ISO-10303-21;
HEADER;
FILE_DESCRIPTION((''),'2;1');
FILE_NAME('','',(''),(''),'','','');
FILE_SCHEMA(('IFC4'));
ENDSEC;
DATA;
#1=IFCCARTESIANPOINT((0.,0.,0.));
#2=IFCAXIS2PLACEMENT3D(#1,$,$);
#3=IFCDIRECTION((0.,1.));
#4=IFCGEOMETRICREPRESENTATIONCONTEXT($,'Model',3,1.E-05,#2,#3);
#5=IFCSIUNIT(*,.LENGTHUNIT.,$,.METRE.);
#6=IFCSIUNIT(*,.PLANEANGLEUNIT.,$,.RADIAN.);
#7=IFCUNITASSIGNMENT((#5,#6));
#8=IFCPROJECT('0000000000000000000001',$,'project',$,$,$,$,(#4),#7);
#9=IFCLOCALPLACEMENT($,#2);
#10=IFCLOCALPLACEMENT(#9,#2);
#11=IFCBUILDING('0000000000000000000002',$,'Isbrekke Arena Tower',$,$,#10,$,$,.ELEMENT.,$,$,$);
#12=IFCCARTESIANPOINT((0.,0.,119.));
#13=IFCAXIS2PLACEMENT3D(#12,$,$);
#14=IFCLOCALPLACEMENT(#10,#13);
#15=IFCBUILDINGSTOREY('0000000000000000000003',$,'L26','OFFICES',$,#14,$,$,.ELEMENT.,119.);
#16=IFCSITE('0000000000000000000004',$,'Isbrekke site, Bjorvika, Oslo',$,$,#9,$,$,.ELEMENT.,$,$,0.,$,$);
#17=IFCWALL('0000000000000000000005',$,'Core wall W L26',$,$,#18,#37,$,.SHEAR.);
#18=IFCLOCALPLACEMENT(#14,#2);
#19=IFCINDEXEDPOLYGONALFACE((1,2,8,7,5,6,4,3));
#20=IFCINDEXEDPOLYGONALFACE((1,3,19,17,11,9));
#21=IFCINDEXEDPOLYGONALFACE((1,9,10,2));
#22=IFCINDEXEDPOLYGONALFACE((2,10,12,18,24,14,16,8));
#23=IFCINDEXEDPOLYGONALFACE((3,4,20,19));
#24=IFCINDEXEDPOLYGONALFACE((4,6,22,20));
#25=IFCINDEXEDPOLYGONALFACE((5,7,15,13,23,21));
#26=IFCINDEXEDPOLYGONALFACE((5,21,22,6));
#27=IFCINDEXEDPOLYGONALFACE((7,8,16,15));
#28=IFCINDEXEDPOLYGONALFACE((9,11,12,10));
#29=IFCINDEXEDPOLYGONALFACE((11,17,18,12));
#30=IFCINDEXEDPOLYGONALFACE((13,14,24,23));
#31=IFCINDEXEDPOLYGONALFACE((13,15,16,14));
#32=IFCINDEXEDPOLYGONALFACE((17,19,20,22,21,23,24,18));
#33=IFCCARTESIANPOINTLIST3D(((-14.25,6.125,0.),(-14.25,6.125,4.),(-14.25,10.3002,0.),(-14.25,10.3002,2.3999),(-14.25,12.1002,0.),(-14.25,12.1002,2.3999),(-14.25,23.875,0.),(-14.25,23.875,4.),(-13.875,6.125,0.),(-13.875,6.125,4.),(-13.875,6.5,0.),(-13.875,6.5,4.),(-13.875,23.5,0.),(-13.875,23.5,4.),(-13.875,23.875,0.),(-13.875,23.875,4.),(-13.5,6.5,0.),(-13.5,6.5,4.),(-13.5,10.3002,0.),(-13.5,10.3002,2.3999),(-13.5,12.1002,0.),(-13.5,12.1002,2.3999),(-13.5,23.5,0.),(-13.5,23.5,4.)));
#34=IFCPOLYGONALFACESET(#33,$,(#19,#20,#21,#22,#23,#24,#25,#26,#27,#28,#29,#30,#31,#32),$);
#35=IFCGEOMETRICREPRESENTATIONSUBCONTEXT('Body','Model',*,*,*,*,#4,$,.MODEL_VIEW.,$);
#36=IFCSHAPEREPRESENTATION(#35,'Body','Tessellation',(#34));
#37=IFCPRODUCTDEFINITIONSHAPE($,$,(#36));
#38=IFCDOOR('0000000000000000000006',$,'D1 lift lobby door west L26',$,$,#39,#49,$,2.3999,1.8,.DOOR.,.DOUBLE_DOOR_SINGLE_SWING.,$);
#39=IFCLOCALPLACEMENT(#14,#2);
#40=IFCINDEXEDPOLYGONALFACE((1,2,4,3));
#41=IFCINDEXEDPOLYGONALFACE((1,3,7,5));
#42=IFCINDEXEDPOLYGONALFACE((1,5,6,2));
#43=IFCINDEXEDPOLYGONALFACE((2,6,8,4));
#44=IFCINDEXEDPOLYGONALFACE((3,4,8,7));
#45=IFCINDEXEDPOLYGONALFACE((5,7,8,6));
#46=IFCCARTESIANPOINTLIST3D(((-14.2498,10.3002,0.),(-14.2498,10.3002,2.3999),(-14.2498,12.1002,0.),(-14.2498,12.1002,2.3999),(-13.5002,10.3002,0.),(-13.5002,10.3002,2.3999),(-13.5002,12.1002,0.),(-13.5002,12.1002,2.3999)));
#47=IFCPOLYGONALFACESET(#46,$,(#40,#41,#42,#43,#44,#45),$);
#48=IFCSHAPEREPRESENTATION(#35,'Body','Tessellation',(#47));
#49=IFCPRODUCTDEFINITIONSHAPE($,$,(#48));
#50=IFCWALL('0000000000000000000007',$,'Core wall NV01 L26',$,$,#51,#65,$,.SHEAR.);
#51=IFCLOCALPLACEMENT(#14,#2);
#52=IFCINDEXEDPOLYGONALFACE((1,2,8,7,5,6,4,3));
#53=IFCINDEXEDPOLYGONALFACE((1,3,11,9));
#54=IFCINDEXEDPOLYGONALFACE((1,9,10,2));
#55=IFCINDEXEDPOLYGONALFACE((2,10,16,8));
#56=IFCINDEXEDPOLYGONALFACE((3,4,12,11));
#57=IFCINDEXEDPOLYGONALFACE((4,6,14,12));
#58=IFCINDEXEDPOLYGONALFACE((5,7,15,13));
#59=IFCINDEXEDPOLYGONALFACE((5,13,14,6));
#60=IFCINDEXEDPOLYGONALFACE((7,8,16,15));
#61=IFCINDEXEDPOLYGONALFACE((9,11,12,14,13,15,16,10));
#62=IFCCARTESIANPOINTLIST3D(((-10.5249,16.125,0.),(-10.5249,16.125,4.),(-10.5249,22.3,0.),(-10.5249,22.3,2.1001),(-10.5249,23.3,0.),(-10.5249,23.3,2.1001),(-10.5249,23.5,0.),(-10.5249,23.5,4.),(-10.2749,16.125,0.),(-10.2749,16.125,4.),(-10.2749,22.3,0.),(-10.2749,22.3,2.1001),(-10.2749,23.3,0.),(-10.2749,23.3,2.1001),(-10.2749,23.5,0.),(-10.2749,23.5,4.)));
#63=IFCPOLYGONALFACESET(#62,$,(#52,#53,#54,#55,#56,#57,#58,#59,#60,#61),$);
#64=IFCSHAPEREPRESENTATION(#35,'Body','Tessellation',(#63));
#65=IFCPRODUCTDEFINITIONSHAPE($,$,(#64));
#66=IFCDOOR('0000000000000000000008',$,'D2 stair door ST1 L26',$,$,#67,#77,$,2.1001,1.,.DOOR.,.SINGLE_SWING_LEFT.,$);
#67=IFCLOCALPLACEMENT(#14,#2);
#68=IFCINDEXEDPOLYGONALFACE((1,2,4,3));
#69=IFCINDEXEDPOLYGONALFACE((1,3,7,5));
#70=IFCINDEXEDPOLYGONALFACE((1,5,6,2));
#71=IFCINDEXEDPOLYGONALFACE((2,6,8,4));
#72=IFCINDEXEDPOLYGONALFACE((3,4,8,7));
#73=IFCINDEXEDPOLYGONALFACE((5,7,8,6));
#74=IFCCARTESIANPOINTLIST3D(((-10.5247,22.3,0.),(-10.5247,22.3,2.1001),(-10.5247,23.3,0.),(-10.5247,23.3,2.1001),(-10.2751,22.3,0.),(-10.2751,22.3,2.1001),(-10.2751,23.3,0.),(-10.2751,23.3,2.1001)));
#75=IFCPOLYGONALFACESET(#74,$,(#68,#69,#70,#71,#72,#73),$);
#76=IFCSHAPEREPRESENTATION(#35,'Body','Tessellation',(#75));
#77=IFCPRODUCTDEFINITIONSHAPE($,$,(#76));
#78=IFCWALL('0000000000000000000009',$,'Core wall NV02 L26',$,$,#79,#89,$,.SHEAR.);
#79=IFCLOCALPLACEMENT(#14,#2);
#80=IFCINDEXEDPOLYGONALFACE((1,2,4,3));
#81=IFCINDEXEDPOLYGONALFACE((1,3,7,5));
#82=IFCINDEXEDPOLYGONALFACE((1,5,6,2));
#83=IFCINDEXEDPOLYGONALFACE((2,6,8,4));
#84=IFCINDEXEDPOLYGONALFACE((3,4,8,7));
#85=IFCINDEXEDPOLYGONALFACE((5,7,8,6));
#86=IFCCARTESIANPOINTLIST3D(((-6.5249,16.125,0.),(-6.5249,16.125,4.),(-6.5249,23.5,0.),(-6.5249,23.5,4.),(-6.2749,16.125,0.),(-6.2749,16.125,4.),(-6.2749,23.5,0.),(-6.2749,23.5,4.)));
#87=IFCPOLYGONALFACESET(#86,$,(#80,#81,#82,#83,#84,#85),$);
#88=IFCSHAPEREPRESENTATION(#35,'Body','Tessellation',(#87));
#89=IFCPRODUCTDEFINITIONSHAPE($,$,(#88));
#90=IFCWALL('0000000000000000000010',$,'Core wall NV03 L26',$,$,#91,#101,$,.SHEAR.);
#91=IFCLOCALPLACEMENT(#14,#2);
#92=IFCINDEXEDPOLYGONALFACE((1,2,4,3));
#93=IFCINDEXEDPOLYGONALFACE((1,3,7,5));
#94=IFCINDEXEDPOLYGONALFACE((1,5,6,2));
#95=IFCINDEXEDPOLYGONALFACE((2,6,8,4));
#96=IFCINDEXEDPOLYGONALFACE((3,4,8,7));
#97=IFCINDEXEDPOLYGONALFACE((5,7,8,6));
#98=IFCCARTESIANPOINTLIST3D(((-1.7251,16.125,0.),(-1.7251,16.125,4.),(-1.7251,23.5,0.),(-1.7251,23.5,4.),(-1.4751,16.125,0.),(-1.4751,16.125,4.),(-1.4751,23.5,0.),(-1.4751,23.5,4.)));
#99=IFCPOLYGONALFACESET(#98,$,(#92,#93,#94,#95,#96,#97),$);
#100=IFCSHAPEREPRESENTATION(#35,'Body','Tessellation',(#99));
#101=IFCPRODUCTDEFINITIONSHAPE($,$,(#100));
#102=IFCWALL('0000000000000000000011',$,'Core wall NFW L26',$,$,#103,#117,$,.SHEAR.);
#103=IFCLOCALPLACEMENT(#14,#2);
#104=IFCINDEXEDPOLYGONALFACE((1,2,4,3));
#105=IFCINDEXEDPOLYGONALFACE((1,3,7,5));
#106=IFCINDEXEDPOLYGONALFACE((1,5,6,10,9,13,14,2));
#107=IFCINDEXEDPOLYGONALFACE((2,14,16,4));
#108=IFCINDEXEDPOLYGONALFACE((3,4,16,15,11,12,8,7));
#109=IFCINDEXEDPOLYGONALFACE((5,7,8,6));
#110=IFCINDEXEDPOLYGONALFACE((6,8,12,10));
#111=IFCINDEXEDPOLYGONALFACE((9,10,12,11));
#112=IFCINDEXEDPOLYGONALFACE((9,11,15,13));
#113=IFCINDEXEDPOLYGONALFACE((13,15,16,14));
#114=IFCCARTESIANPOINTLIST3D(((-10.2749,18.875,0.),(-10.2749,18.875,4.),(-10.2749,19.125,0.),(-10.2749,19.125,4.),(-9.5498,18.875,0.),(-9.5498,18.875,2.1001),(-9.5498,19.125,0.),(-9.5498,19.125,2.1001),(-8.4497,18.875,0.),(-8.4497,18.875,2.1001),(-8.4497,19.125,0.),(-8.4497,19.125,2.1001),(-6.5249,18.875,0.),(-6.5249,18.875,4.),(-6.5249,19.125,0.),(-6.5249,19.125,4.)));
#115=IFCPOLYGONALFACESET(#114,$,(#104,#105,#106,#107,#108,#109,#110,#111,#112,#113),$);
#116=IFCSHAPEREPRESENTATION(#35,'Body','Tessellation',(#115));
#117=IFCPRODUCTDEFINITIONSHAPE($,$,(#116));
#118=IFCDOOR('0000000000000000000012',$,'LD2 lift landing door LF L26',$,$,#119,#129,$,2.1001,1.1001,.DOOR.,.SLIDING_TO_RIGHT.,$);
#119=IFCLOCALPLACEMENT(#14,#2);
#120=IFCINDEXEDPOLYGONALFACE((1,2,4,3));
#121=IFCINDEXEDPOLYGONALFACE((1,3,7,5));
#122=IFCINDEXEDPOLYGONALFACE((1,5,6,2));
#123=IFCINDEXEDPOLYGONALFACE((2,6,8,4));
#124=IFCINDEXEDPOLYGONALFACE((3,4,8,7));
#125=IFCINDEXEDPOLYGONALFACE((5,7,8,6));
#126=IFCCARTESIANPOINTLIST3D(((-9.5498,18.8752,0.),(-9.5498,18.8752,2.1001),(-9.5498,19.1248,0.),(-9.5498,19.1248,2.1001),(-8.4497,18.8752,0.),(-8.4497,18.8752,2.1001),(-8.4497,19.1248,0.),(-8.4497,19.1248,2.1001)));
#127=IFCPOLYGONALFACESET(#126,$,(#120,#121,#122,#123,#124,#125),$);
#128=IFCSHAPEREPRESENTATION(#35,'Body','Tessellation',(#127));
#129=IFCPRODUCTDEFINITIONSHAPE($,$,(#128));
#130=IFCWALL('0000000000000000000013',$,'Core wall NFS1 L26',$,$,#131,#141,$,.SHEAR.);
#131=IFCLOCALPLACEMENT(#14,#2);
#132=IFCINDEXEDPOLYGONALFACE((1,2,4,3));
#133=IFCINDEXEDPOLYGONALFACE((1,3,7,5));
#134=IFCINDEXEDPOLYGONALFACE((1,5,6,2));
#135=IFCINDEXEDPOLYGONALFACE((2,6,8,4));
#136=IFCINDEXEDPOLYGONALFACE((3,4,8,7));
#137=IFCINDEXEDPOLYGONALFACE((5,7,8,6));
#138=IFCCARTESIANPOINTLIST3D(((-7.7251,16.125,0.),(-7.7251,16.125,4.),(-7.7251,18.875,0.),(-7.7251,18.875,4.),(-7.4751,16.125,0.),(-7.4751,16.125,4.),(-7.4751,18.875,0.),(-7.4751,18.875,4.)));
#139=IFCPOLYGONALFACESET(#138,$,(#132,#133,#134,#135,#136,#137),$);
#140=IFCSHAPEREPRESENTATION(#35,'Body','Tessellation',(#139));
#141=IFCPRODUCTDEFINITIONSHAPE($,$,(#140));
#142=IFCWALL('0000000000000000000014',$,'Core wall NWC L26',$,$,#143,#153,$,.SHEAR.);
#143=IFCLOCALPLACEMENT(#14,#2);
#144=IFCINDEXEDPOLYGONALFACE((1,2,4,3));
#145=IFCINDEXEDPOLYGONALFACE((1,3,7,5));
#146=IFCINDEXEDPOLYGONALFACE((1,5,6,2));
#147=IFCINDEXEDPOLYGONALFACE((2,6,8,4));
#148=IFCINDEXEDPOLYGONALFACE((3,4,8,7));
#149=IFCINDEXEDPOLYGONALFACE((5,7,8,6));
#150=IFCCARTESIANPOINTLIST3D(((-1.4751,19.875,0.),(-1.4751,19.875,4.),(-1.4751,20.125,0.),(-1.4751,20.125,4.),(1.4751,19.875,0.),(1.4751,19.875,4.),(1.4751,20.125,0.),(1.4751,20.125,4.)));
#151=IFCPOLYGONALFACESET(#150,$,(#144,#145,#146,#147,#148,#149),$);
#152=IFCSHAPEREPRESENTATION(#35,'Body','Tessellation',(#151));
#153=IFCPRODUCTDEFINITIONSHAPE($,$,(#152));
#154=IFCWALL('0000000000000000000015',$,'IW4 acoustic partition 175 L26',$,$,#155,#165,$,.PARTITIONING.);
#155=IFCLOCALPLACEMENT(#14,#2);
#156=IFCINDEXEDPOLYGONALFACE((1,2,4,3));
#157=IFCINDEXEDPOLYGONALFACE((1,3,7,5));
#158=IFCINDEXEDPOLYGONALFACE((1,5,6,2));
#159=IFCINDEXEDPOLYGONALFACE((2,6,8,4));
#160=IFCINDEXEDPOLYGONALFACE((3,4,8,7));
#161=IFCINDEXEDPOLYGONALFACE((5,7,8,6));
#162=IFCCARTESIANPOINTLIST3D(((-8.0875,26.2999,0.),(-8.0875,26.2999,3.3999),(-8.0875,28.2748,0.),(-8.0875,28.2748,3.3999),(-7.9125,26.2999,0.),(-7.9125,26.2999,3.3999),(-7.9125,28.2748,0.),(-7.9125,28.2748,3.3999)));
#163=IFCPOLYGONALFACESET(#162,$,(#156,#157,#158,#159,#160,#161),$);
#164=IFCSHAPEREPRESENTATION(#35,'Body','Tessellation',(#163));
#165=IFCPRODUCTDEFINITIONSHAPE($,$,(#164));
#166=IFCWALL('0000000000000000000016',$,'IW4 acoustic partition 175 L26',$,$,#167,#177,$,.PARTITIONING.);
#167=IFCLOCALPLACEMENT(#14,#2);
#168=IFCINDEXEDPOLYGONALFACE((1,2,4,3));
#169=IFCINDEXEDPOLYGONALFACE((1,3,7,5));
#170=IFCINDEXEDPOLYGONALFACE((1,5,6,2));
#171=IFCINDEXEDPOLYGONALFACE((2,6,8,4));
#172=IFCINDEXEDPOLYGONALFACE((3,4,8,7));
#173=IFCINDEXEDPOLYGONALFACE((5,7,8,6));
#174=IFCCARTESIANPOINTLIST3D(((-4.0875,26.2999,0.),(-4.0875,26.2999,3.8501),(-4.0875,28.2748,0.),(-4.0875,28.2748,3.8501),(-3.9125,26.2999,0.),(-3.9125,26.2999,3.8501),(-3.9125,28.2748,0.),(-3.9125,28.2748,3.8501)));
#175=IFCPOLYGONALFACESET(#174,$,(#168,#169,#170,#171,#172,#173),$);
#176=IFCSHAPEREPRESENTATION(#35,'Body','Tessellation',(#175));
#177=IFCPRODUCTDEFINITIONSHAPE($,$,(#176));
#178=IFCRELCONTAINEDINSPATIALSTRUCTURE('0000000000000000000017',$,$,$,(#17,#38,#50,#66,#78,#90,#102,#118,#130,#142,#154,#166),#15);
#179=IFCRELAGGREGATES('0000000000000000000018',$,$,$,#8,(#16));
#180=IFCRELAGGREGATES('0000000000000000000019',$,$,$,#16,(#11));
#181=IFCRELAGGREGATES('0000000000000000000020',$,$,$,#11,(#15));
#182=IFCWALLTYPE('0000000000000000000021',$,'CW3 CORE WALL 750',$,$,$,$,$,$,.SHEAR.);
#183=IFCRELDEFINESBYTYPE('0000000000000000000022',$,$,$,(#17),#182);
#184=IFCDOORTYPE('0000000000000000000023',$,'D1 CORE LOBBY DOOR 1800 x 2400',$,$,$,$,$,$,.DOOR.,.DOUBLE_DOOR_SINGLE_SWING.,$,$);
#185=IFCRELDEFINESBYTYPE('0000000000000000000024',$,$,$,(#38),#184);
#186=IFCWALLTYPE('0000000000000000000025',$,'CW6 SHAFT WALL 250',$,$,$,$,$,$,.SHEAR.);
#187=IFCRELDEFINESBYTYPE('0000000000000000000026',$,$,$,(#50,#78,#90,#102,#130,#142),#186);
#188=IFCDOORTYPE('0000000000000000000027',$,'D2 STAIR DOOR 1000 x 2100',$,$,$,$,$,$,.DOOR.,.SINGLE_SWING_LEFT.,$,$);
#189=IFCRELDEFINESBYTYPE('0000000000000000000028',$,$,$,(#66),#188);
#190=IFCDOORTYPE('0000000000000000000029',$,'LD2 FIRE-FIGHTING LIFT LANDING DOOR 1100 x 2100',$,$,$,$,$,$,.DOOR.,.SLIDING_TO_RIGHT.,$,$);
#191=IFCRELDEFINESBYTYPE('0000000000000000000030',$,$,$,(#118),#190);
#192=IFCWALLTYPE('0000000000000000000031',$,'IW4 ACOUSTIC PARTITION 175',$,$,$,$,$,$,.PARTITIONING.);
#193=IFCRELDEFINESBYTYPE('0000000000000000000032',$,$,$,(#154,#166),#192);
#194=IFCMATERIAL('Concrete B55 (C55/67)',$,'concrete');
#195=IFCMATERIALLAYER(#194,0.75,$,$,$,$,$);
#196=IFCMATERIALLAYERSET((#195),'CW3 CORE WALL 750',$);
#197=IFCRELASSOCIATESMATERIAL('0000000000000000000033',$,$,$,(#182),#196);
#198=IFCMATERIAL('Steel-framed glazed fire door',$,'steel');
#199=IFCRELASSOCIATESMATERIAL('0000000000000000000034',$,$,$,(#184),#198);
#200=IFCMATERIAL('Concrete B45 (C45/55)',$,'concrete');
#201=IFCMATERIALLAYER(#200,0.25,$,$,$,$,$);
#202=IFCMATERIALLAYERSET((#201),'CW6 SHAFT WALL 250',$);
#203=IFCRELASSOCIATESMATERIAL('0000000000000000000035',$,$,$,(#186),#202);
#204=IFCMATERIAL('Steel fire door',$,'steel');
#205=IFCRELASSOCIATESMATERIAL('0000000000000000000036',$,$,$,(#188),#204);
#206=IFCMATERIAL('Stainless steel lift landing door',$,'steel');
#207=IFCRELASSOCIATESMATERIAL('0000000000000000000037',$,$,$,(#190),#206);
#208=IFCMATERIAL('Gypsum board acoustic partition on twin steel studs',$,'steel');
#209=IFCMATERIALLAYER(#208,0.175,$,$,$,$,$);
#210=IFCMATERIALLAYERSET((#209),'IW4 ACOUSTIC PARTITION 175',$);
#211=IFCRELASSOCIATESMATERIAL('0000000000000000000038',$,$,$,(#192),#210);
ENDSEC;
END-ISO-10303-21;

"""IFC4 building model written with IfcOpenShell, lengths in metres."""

from ifc_helpers import new_model, si_unit, direction, frame, frame_2d, origin, place, context, subcontext, project, spatial, polyline, rectangle, outline, extrude, material, layer, layer_set, type_object, element, fill, save


model = new_model("IFC4")

# Units and contexts
model_context = context("Model", 3, precision=1e-05, world=origin(), true_north=direction((0.0, 1.0)))
body_context = subcontext(model_context, "Body", "Model", "MODEL_VIEW")
ifc_project = project(units=[si_unit("LENGTHUNIT", "METRE"), si_unit("PLANEANGLEUNIT", "RADIAN")], contexts=[model_context])

# Site, building, storey
site_placement = place(None, origin())
site = spatial("IfcSite", under=ifc_project, at=site_placement, Name="Isbrekke site, Bjorvika, Oslo", CompositionType="ELEMENT", RefElevation=0.0)
building_placement = place(site_placement, origin())
building = spatial("IfcBuilding", under=site, at=building_placement, Name="Isbrekke Arena Tower", CompositionType="ELEMENT")
storey_placement = place(building_placement, frame((0.0, 0.0, 119.0)))
storey = spatial("IfcBuildingStorey", under=building, at=storey_placement, Name="L26", Description="OFFICES", CompositionType="ELEMENT", Elevation=119.0)

# Walls, openings, doors
ifc_material_1 = material(Name="Concrete B55 (C55/67)", Category="concrete")
ifc_layer_1 = layer(ifc_material_1, 0.75)
ifc_layer_set_1 = layer_set([ifc_layer_1], Name="CW3 CORE WALL 750")
wall_type_1 = type_object("IfcWallType", Name="CW3 CORE WALL 750", PredefinedType="SHEAR", material=ifc_layer_set_1)
wall_1_placement = place(storey_placement, frame((-13.875, 23.875, 0.0), z_axis=(0.0, 0.0, 1.0), x_axis=(0.0, -1.0, 0.0)))
wall_1 = element("IfcWall", 1, at=wall_1_placement, inside=storey, type_object=wall_type_1, Name="Core wall W L26", PredefinedType="SHEAR", context=body_context, shape_type="SweptSolid", body=[
    extrude(outline(polyline([(0.0, -0.375), (17.75, -0.375), (17.75, 0.0), (17.375, 0.0), (17.375, 0.375), (0.375, 0.375), (0.375, 0.0), (0.0, 0.0), (0.0, -0.375)])), origin(), (0.0, 0.0, 1.0), 4.0),
])
opening_1_placement = place(wall_1_placement, frame((11.7749, 0.0, 0.0)))
opening_1 = element("IfcOpeningElement", 2, at=opening_1_placement, cuts=wall_1, PredefinedType="OPENING", context=body_context, shape_type="SweptSolid", body=[
    extrude(rectangle(XDim=1.8, YDim=2.3999, at=frame_2d((0.8999, 1.2))), frame((0.0, 0.3899, 0.0), z_axis=(0.0, -1.0, 0.0), x_axis=(1.0, 0.0, 0.0)), (0.0, 0.0, 1.0), 0.7798),
])
ifc_material_2 = material(Name="Steel-framed glazed fire door", Category="steel")
door_type_1 = type_object("IfcDoorType", Name="D1 CORE LOBBY DOOR 1800 x 2400", OperationType="DOUBLE_DOOR_SINGLE_SWING", PredefinedType="DOOR", material=ifc_material_2)
door_1_placement = place(opening_1_placement, origin())
door_1 = element("IfcDoor", 3, at=door_1_placement, inside=storey, type_object=door_type_1, Name="D1 lift lobby door west L26", OperationType="DOUBLE_DOOR_SINGLE_SWING", OverallHeight=2.3999, OverallWidth=1.8, PredefinedType="DOOR", context=body_context, shape_type="SweptSolid", body=[
    extrude(rectangle(XDim=1.8, YDim=2.3999, at=frame_2d((0.8999, 1.2))), frame((0.0, 0.3748, 0.0), z_axis=(0.0, -1.0, 0.0), x_axis=(1.0, 0.0, 0.0)), (0.0, 0.0, 1.0), 0.7495),
])
fill(opening_1, door_1)
ifc_material_3 = material(Name="Concrete B45 (C45/55)", Category="concrete")
ifc_layer_2 = layer(ifc_material_3, 0.25)
ifc_layer_set_2 = layer_set([ifc_layer_2], Name="CW6 SHAFT WALL 250")
wall_type_2 = type_object("IfcWallType", Name="CW6 SHAFT WALL 250", PredefinedType="SHEAR", material=ifc_layer_set_2)
wall_2_placement = place(storey_placement, frame((-10.3999, 16.125, 0.0), z_axis=(0.0, 0.0, 1.0), x_axis=(0.0, 1.0, 0.0)))
wall_2 = element("IfcWall", 4, at=wall_2_placement, inside=storey, type_object=wall_type_2, Name="Core wall NV01 L26", PredefinedType="SHEAR", context=body_context, shape_type="SweptSolid", body=[
    extrude(rectangle(XDim=7.375, YDim=0.25, at=frame_2d((3.6875, 0.0))), origin(), (0.0, 0.0, 1.0), 4.0),
])
opening_2_placement = place(wall_2_placement, frame((6.175, 0.0, 0.0)))
opening_2 = element("IfcOpeningElement", 5, at=opening_2_placement, cuts=wall_2, PredefinedType="OPENING", context=body_context, shape_type="SweptSolid", body=[
    extrude(rectangle(XDim=1.0, YDim=2.1001, at=frame_2d((0.5, 1.05))), frame((0.0, 0.1399, 0.0), z_axis=(0.0, -1.0, 0.0), x_axis=(1.0, 0.0, 0.0)), (0.0, 0.0, 1.0), 0.2798),
])
ifc_material_4 = material(Name="Steel fire door", Category="steel")
door_type_2 = type_object("IfcDoorType", Name="D2 STAIR DOOR 1000 x 2100", OperationType="SINGLE_SWING_LEFT", PredefinedType="DOOR", material=ifc_material_4)
door_2_placement = place(opening_2_placement, origin())
door_2 = element("IfcDoor", 6, at=door_2_placement, inside=storey, type_object=door_type_2, Name="D2 stair door ST1 L26", OperationType="SINGLE_SWING_LEFT", OverallHeight=2.1001, OverallWidth=1.0, PredefinedType="DOOR", context=body_context, shape_type="SweptSolid", body=[
    extrude(rectangle(XDim=1.0, YDim=2.1001, at=frame_2d((0.5, 1.05))), frame((0.0, 0.1248, 0.0), z_axis=(0.0, -1.0, 0.0), x_axis=(1.0, 0.0, 0.0)), (0.0, 0.0, 1.0), 0.2495),
])
fill(opening_2, door_2)

# Walls
for number, where, z_axis, x_axis, name in (
    (7, (-6.3999, 16.125, 0.0), (0.0, 0.0, 1.0), (0.0, 1.0, 0.0), "Core wall NV02 L26"),
    (8, (-1.6001, 16.125, 0.0), (0.0, 0.0, 1.0), (0.0, 1.0, 0.0), "Core wall NV03 L26"),
):
    element("IfcWall", number, at=place(storey_placement, frame(where, z_axis=z_axis, x_axis=x_axis)), inside=storey, type_object=wall_type_2, Name=name, PredefinedType="SHEAR", context=body_context, shape_type="SweptSolid", body=[
        extrude(rectangle(XDim=7.375, YDim=0.25, at=frame_2d((3.6875, 0.0))), origin(), (0.0, 0.0, 1.0), 4.0),
    ])

# Wall, opening, door
wall_3_placement = place(storey_placement, frame((-10.2749, 19.0, 0.0), z_axis=(0.0, 0.0, 1.0), x_axis=(1.0, 0.0, 0.0)))
wall_3 = element("IfcWall", 9, at=wall_3_placement, inside=storey, type_object=wall_type_2, Name="Core wall NFW L26", PredefinedType="SHEAR", context=body_context, shape_type="SweptSolid", body=[
    extrude(rectangle(XDim=3.75, YDim=0.25, at=frame_2d((1.875, 0.0))), origin(), (0.0, 0.0, 1.0), 4.0),
])
opening_3_placement = place(wall_3_placement, frame((0.7251, 0.0, 0.0)))
opening_3 = element("IfcOpeningElement", 10, at=opening_3_placement, cuts=wall_3, PredefinedType="OPENING", context=body_context, shape_type="SweptSolid", body=[
    extrude(rectangle(XDim=1.1001, YDim=2.1001, at=frame_2d((0.55, 1.05))), frame((0.0, 0.1399, 0.0), z_axis=(0.0, -1.0, 0.0), x_axis=(1.0, 0.0, 0.0)), (0.0, 0.0, 1.0), 0.2798),
])
ifc_material_5 = material(Name="Stainless steel lift landing door", Category="steel")
door_type_3 = type_object("IfcDoorType", Name="LD2 FIRE-FIGHTING LIFT LANDING DOOR 1100 x 2100", OperationType="SLIDING_TO_RIGHT", PredefinedType="DOOR", material=ifc_material_5)
door_3_placement = place(opening_3_placement, origin())
door_3 = element("IfcDoor", 11, at=door_3_placement, inside=storey, type_object=door_type_3, Name="LD2 lift landing door LF L26", OperationType="SLIDING_TO_RIGHT", OverallHeight=2.1001, OverallWidth=1.1001, PredefinedType="DOOR", context=body_context, shape_type="SweptSolid", body=[
    extrude(rectangle(XDim=1.1001, YDim=2.1001, at=frame_2d((0.55, 1.05))), frame((0.0, 0.1248, 0.0), z_axis=(0.0, -1.0, 0.0), x_axis=(1.0, 0.0, 0.0)), (0.0, 0.0, 1.0), 0.2495),
])
fill(opening_3, door_3)

# Walls
wall_4_placement = place(storey_placement, frame((-7.6001, 16.125, 0.0), z_axis=(0.0, 0.0, 1.0), x_axis=(0.0, 1.0, 0.0)))
element("IfcWall", 12, at=wall_4_placement, inside=storey, type_object=wall_type_2, Name="Core wall NFS1 L26", PredefinedType="SHEAR", context=body_context, shape_type="SweptSolid", body=[
    extrude(rectangle(XDim=2.75, YDim=0.25, at=frame_2d((1.375, 0.0))), origin(), (0.0, 0.0, 1.0), 4.0),
])
wall_5_placement = place(storey_placement, frame((-1.4751, 20.0, 0.0), z_axis=(0.0, 0.0, 1.0), x_axis=(1.0, 0.0, 0.0)))
element("IfcWall", 13, at=wall_5_placement, inside=storey, type_object=wall_type_2, Name="Core wall NWC L26", PredefinedType="SHEAR", context=body_context, shape_type="SweptSolid", body=[
    extrude(rectangle(XDim=2.9502, YDim=0.25, at=frame_2d((1.4751, 0.0))), origin(), (0.0, 0.0, 1.0), 4.0),
])

# Walls
ifc_material_6 = material(Name="Gypsum board acoustic partition on twin steel studs", Category="steel")
ifc_layer_3 = layer(ifc_material_6, 0.175)
ifc_layer_set_3 = layer_set([ifc_layer_3], Name="IW4 ACOUSTIC PARTITION 175")
wall_type_3 = type_object("IfcWallType", Name="IW4 ACOUSTIC PARTITION 175", PredefinedType="PARTITIONING", material=ifc_layer_set_3)
wall_6_placement = place(storey_placement, frame((-8.0, 26.3, 0.0), z_axis=(0.0, 0.0, 1.0), x_axis=(0.0, 1.0, 0.0)))
element("IfcWall", 14, at=wall_6_placement, inside=storey, type_object=wall_type_3, Name="IW4 acoustic partition 175 L26", PredefinedType="PARTITIONING", context=body_context, shape_type="SweptSolid", body=[
    extrude(rectangle(XDim=1.9749, YDim=0.175, at=frame_2d((0.9873, 0.0))), origin(), (0.0, 0.0, 1.0), 3.3999),
])
wall_7_placement = place(storey_placement, frame((-4.0, 26.3, 0.0), z_axis=(0.0, 0.0, 1.0), x_axis=(0.0, 1.0, 0.0)))
element("IfcWall", 15, at=wall_7_placement, inside=storey, type_object=wall_type_3, Name="IW4 acoustic partition 175 L26", PredefinedType="PARTITIONING", context=body_context, shape_type="SweptSolid", body=[
    extrude(rectangle(XDim=1.9749, YDim=0.175, at=frame_2d((0.9873, 0.0))), origin(), (0.0, 0.0, 1.0), 3.8501),
])

save(model, "model.ifc")
